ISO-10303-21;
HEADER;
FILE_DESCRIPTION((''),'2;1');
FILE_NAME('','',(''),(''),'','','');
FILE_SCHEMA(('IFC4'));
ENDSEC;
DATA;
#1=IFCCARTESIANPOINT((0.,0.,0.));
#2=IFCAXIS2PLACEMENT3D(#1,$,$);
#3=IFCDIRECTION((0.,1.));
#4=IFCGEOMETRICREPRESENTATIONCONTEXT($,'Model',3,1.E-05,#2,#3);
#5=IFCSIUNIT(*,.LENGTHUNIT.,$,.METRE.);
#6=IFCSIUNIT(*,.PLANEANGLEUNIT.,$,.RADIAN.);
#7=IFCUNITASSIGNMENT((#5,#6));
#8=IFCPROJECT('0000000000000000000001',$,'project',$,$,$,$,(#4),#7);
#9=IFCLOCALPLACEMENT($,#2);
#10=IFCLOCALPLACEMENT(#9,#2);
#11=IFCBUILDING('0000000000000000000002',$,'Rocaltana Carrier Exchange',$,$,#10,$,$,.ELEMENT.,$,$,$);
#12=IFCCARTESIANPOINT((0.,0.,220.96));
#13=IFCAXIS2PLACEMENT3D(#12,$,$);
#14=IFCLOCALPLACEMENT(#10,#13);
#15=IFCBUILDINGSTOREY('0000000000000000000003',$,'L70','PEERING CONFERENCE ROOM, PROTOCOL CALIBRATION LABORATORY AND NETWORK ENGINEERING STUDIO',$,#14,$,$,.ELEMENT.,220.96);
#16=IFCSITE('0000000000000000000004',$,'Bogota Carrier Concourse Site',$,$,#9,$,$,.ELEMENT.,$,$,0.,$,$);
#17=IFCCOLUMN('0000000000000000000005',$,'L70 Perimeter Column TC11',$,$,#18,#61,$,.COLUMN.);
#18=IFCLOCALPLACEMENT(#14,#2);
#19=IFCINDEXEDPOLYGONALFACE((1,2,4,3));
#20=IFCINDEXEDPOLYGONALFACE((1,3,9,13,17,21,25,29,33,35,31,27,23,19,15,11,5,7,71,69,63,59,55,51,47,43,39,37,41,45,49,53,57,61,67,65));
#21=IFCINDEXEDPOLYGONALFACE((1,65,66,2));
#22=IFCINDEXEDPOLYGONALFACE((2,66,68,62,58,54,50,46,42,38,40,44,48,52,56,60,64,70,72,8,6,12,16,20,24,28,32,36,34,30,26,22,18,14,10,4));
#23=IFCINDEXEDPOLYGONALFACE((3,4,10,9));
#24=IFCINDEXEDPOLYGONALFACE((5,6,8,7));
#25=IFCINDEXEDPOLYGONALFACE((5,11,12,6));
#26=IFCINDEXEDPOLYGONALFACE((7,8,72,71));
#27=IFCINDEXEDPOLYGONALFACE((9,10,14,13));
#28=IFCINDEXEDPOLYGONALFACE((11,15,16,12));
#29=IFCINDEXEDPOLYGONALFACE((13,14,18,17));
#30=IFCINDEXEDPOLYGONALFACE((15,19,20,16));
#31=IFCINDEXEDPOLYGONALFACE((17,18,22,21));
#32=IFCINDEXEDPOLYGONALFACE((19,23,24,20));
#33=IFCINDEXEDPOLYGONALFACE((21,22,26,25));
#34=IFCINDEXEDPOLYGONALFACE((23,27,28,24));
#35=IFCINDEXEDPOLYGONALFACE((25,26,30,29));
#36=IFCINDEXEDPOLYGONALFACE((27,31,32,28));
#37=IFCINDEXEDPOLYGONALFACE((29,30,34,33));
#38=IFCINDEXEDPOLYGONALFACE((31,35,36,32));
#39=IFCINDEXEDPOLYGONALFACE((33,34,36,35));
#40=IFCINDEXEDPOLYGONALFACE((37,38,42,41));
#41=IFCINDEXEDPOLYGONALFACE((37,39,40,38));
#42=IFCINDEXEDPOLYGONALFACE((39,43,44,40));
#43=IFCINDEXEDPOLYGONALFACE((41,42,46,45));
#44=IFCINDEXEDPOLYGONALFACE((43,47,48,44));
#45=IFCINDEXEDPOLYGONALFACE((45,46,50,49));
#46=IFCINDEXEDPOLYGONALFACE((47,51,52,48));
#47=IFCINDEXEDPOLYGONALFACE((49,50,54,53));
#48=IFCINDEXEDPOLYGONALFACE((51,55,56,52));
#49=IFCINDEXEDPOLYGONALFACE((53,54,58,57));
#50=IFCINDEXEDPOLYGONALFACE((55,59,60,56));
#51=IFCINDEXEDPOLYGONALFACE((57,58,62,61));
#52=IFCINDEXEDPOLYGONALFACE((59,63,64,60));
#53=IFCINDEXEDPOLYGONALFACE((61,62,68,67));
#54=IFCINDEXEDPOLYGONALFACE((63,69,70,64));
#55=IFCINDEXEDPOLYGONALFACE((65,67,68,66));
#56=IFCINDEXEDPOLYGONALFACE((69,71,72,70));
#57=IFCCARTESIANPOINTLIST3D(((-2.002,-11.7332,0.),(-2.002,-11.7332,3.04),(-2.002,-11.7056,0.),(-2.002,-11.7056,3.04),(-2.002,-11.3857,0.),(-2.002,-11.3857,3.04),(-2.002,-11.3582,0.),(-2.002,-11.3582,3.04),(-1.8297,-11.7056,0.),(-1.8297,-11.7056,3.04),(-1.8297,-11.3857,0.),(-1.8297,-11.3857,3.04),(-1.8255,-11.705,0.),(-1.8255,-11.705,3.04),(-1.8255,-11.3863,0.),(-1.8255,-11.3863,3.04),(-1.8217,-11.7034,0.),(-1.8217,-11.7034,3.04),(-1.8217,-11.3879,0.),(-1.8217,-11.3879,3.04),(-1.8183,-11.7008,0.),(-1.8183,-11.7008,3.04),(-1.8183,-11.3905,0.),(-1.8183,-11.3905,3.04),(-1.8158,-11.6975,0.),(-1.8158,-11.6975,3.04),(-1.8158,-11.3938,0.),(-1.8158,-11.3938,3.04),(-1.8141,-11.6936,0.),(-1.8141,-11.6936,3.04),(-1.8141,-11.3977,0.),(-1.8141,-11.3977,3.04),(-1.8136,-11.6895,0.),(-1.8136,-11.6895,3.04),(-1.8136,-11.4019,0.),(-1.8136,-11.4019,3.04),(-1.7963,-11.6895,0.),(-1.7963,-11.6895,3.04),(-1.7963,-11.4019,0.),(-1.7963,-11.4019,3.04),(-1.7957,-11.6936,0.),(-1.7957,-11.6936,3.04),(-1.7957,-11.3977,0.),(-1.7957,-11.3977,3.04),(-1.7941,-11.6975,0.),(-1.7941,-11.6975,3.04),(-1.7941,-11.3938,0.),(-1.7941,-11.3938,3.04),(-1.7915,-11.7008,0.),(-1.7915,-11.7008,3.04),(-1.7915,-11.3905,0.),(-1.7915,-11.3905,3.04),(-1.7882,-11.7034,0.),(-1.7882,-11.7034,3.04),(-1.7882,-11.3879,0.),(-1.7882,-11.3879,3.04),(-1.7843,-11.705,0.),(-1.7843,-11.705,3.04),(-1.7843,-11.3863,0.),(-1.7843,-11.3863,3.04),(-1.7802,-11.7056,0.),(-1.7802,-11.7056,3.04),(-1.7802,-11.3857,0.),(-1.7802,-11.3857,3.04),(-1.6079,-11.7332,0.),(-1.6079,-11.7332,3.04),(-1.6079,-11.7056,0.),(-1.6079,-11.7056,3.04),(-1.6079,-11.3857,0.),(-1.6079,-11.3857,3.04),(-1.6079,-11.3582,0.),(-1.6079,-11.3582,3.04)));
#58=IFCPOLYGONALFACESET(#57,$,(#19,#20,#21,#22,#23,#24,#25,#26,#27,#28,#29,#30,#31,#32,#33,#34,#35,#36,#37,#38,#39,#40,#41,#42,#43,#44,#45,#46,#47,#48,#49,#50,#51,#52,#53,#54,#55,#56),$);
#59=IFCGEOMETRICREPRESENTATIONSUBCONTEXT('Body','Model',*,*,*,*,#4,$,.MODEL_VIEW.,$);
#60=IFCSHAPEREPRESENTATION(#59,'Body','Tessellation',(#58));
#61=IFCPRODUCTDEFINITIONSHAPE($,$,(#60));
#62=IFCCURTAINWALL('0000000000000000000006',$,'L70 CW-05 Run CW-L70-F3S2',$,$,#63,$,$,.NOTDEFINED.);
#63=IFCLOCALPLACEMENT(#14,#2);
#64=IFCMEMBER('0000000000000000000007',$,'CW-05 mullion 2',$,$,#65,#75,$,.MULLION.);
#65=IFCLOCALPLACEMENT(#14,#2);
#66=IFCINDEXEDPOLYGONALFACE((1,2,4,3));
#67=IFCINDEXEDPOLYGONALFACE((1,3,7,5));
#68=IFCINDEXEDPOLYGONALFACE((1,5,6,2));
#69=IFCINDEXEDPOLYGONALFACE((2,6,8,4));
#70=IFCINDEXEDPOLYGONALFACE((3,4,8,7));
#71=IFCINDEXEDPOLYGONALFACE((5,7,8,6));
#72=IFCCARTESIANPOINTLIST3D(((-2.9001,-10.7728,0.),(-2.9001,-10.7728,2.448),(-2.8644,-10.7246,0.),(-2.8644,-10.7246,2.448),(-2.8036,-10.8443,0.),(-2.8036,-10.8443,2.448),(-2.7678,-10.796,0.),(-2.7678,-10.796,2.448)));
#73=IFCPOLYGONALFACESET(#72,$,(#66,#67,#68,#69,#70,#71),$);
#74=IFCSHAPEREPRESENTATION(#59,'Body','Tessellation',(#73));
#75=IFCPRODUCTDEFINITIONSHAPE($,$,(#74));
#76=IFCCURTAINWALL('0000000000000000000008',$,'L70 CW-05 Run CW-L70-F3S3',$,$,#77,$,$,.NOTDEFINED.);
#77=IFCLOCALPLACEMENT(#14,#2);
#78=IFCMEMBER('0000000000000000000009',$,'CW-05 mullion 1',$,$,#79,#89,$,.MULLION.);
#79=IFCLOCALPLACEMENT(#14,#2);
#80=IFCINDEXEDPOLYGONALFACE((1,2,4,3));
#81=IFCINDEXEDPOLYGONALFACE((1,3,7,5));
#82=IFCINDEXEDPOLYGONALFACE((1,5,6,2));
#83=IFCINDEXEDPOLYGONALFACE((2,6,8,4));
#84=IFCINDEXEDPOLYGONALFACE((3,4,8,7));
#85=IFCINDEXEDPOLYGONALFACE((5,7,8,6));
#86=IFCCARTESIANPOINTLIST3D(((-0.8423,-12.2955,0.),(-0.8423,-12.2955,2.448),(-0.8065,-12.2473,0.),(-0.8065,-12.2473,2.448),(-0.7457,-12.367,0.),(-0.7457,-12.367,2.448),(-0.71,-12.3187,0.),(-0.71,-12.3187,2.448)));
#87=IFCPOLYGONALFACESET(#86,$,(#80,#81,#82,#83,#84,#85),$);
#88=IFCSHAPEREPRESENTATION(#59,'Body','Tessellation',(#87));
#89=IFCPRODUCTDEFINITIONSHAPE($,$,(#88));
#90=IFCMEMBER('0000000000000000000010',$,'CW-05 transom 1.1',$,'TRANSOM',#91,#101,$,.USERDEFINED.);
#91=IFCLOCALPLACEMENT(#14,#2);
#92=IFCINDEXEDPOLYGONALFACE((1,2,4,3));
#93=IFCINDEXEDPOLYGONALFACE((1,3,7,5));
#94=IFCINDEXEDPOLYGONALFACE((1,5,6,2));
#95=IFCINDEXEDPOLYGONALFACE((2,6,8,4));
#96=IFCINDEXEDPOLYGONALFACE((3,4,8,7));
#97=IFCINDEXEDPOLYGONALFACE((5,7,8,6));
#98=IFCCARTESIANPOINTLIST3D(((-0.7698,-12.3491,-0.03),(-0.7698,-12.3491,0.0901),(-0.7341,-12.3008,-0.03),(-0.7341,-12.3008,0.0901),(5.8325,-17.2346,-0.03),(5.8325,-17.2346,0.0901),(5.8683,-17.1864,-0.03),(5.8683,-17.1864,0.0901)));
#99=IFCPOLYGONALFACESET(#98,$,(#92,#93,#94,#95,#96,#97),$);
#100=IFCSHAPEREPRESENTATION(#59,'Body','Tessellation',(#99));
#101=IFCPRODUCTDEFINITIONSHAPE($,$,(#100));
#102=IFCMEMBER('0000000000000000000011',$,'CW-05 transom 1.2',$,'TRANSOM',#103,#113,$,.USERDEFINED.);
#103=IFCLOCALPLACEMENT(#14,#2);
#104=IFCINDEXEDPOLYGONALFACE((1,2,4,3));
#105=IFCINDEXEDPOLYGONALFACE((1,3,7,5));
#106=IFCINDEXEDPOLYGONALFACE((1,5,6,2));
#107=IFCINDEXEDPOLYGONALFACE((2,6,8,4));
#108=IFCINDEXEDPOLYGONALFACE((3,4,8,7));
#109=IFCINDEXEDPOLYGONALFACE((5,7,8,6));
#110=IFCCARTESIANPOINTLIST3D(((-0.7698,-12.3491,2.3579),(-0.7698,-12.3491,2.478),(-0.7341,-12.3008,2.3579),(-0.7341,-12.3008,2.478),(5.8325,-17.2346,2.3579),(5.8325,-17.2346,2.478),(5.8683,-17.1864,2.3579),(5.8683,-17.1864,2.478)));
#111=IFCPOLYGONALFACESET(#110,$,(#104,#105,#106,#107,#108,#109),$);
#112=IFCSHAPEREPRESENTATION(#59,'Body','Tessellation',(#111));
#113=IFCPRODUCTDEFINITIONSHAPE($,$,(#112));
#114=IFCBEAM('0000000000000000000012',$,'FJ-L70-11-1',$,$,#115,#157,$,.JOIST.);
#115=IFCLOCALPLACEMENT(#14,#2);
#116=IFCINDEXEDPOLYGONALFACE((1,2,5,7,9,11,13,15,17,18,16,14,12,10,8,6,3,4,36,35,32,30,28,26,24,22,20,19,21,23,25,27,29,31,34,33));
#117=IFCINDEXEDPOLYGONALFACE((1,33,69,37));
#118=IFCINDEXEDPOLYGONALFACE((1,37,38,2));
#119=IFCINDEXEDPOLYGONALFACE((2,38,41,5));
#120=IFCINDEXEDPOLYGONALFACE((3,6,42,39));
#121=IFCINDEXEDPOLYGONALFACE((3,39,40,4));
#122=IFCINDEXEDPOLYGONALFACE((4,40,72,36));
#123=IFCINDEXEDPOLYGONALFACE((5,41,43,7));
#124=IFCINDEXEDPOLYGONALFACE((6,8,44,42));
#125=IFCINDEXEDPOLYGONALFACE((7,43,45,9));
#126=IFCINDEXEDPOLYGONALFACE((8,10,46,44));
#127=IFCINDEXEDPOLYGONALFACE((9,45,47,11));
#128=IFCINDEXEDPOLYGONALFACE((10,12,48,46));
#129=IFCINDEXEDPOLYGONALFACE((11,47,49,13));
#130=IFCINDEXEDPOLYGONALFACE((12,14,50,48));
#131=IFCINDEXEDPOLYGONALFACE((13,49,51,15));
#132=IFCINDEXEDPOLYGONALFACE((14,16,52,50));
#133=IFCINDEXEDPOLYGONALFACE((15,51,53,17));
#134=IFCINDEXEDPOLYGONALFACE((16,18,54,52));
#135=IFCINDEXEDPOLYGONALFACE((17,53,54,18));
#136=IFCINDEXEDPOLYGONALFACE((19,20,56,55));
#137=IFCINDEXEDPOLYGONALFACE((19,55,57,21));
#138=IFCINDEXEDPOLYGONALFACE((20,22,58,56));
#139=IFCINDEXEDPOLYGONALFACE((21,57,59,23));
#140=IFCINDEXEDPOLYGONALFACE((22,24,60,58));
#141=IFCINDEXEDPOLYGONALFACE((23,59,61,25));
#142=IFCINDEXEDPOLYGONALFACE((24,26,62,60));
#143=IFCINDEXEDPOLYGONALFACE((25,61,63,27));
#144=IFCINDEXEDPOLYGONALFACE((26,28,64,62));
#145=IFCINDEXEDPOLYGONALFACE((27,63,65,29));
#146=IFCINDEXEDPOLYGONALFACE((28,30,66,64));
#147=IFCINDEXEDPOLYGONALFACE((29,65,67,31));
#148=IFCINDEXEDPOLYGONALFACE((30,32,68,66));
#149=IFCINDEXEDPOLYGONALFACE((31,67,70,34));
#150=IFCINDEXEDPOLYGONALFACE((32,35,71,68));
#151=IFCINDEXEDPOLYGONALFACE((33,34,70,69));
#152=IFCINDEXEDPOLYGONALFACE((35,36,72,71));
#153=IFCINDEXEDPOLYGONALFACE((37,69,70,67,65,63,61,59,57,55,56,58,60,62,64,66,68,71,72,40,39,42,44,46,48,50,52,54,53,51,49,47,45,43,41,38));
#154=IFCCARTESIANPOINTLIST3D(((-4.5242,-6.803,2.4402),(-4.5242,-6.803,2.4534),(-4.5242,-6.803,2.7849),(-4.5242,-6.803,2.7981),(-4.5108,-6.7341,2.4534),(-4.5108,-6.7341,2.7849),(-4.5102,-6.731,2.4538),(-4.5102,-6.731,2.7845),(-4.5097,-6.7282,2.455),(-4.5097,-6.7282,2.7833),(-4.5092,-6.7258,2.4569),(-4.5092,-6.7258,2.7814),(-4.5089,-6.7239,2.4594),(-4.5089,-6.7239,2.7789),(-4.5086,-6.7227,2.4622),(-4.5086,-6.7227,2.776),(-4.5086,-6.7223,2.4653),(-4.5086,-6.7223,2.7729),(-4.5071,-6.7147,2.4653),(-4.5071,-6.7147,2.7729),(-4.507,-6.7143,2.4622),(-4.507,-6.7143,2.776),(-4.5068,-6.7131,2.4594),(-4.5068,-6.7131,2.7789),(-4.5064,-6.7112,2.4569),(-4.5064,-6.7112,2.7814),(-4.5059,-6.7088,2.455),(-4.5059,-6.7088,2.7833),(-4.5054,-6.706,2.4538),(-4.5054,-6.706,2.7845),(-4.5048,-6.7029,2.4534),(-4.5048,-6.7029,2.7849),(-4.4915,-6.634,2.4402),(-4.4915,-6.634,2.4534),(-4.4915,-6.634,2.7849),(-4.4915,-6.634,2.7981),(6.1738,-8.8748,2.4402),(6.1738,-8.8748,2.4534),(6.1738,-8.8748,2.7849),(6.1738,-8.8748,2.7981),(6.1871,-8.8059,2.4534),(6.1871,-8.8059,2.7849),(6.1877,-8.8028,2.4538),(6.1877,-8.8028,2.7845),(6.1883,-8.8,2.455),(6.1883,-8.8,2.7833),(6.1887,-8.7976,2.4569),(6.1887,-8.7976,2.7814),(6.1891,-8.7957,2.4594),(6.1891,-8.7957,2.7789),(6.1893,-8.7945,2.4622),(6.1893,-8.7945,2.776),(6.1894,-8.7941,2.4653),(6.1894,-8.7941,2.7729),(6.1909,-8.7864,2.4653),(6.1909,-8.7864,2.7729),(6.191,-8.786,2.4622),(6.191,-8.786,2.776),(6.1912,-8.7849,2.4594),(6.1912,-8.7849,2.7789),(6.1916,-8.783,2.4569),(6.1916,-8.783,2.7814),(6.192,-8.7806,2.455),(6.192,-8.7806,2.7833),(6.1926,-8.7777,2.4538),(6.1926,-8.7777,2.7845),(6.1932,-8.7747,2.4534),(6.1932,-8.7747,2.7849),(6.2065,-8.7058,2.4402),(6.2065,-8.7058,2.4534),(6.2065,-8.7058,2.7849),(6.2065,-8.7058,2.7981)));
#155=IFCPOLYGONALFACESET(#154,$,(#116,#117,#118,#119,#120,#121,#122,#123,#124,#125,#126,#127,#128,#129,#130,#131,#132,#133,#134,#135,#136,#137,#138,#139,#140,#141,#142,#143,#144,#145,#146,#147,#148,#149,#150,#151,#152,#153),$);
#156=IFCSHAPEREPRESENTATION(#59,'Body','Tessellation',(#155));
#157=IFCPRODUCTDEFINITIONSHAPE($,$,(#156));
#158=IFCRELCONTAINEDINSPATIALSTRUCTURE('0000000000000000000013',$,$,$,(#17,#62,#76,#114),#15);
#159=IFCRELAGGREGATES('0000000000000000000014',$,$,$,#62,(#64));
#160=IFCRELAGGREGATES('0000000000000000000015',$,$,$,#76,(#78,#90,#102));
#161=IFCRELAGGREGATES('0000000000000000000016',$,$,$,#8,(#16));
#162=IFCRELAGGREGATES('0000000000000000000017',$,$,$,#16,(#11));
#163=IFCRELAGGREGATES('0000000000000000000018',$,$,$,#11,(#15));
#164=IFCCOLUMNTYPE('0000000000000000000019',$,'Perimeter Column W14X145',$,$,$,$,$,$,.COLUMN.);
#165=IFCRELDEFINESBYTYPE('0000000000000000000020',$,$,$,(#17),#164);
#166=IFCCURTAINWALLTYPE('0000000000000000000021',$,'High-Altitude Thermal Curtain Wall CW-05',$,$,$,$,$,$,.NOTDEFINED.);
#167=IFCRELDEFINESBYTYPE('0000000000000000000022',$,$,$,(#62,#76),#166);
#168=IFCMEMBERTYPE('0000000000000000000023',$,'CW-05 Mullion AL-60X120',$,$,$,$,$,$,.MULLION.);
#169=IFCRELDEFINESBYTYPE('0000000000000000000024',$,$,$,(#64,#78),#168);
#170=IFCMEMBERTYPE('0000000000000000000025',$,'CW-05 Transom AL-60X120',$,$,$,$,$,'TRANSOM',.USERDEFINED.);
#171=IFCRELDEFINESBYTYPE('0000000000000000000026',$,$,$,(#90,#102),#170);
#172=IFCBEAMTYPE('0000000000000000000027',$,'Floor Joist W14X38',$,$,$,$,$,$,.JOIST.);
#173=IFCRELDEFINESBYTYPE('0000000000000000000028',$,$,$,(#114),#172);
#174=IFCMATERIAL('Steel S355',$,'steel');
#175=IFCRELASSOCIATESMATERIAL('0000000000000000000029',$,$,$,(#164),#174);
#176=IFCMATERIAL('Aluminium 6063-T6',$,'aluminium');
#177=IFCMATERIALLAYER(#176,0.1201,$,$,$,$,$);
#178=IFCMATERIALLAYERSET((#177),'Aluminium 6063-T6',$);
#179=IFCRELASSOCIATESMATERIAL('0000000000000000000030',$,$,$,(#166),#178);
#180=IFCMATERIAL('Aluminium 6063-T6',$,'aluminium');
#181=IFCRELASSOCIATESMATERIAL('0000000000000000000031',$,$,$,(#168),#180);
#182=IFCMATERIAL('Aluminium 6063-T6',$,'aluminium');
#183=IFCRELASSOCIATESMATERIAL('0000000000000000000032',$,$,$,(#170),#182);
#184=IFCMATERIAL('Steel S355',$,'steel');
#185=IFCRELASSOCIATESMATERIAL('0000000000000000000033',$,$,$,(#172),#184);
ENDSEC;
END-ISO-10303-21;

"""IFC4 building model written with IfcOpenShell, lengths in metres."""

from ifc_helpers import new_model, si_unit, direction, frame, origin, origin_2d, place, context, subcontext, project, spatial, rectangle, i_section, extrude, material, layer, layer_set, material_profile, profile_set, type_object, element, aggregate, save


model = new_model("IFC4")

# Units and contexts
model_context = context("Model", 3, precision=1e-05, world=origin(), true_north=direction((0.0, 1.0)))
body_context = subcontext(model_context, "Body", "Model", "MODEL_VIEW")
ifc_project = project(units=[si_unit("LENGTHUNIT", "METRE"), si_unit("PLANEANGLEUNIT", "RADIAN")], contexts=[model_context])

# Site, building, storey
site_placement = place(None, origin())
site = spatial("IfcSite", under=ifc_project, at=site_placement, Name="Bogota Carrier Concourse Site", CompositionType="ELEMENT", RefElevation=0.0)
building_placement = place(site_placement, origin())
building = spatial("IfcBuilding", under=site, at=building_placement, Name="Rocaltana Carrier Exchange", CompositionType="ELEMENT")
storey_placement = place(building_placement, frame((0.0, 0.0, 220.96)))
storey = spatial("IfcBuildingStorey", under=building, at=storey_placement, Name="L70", Description="PEERING CONFERENCE ROOM, PROTOCOL CALIBRATION LABORATORY AND NETWORK ENGINEERING STUDIO", CompositionType="ELEMENT", Elevation=220.96)

# Column
ifc_material_1 = material(Name="Steel S355", Category="steel")
ifc_material_profile_1 = material_profile(ifc_material_1, i_section(OverallWidth=0.394, OverallDepth=0.375, WebThickness=0.0173, FlangeThickness=0.0276, FilletRadius=0.0161, at=origin_2d()), Name="W14X145")
ifc_profile_set_1 = profile_set([ifc_material_profile_1], Name="Steel S355")
column_type = type_object("IfcColumnType", Name="Perimeter Column W14X145", PredefinedType="COLUMN", material=ifc_profile_set_1)
column_placement = place(storey_placement, frame((-1.8049, -11.5457, 0.0), z_axis=(0.0, 0.0, 1.0), x_axis=(1.0, 0.0, 0.0)))
element("IfcColumn", 1, at=column_placement, inside=storey, type_object=column_type, Name="L70 Perimeter Column TC11", PredefinedType="COLUMN", context=body_context, shape_type="SweptSolid", body=[
    extrude(i_section(OverallWidth=0.394, OverallDepth=0.375, WebThickness=0.0173, FlangeThickness=0.0276, FilletRadius=0.0161, at=origin_2d()), origin(), (0.0, 0.0, 1.0), 3.04),
])

# Curtain wall, member
ifc_material_2 = material(Name="Aluminium 6063-T6", Category="aluminium")
ifc_layer_1 = layer(ifc_material_2, 0.1201)
ifc_layer_set_1 = layer_set([ifc_layer_1], Name="Aluminium 6063-T6")
curtain_wall_type = type_object("IfcCurtainWallType", Name="High-Altitude Thermal Curtain Wall CW-05", PredefinedType="NOTDEFINED", material=ifc_layer_set_1)
curtain_wall_1_placement = place(storey_placement, origin())
curtain_wall_1 = element("IfcCurtainWall", 2, at=curtain_wall_1_placement, inside=storey, type_object=curtain_wall_type, Name="L70 CW-05 Run CW-L70-F3S2", PredefinedType="NOTDEFINED")
ifc_material_3 = material(Name="Aluminium 6063-T6", Category="aluminium")
ifc_material_profile_2 = material_profile(ifc_material_3, rectangle(XDim=0.0601, YDim=0.1201, at=origin_2d()), Name="AL-60X120")
ifc_profile_set_2 = profile_set([ifc_material_profile_2], Name="Aluminium 6063-T6")
member_type_1 = type_object("IfcMemberType", Name="CW-05 Mullion AL-60X120", PredefinedType="MULLION", material=ifc_profile_set_2)
member_1_placement = place(storey_placement, frame((-2.834, -10.7844, 0.0), z_axis=(0.0, 0.0, 1.0), x_axis=(0.594821, 0.803858, 0.0)))
member_1 = element("IfcMember", 3, at=member_1_placement, type_object=member_type_1, Name="CW-05 mullion 2", PredefinedType="MULLION", context=body_context, shape_type="SweptSolid", body=[
    extrude(rectangle(XDim=0.0601, YDim=0.1201, at=origin_2d()), origin(), (0.0, 0.0, 1.0), 2.448),
])
aggregate(curtain_wall_1, [member_1])

# Curtain wall, members
curtain_wall_2_placement = place(storey_placement, origin())
curtain_wall_2 = element("IfcCurtainWall", 4, at=curtain_wall_2_placement, inside=storey, type_object=curtain_wall_type, Name="L70 CW-05 Run CW-L70-F3S3", PredefinedType="NOTDEFINED")
member_2_placement = place(storey_placement, frame((-0.7761, -12.3071, 0.0), z_axis=(0.0, 0.0, 1.0), x_axis=(0.594827, 0.803854, 0.0)))
member_2 = element("IfcMember", 5, at=member_2_placement, type_object=member_type_1, Name="CW-05 mullion 1", PredefinedType="MULLION", context=body_context, shape_type="SweptSolid", body=[
    extrude(rectangle(XDim=0.0601, YDim=0.1201, at=origin_2d()), origin(), (0.0, 0.0, 1.0), 2.448),
])
ifc_material_4 = material(Name="Aluminium 6063-T6", Category="aluminium")
ifc_material_profile_3 = material_profile(ifc_material_4, rectangle(XDim=0.0601, YDim=0.1201, at=origin_2d()), Name="AL-60X120")
ifc_profile_set_3 = profile_set([ifc_material_profile_3], Name="Aluminium 6063-T6")
member_type_2 = type_object("IfcMemberType", Name="CW-05 Transom AL-60X120", ElementType="TRANSOM", PredefinedType="USERDEFINED", material=ifc_profile_set_3)
member_3_placement = place(storey_placement, frame((-0.752, -12.325, 0.03), z_axis=(0.803854, -0.594827, 0.0), x_axis=(0.594827, 0.803854, 0.0)))
member_3 = element("IfcMember", 6, at=member_3_placement, type_object=member_type_2, Name="CW-05 transom 1.1", ObjectType="TRANSOM", PredefinedType="USERDEFINED", context=body_context, shape_type="SweptSolid", body=[
    extrude(rectangle(XDim=0.0601, YDim=0.1201, at=origin_2d()), origin(), (0.0, 0.0, 1.0), 8.2134),
])
member_4_placement = place(storey_placement, frame((-0.752, -12.325, 2.418), z_axis=(0.803854, -0.594827, 0.0), x_axis=(0.594827, 0.803854, 0.0)))
member_4 = element("IfcMember", 7, at=member_4_placement, type_object=member_type_2, Name="CW-05 transom 1.2", ObjectType="TRANSOM", PredefinedType="USERDEFINED", context=body_context, shape_type="SweptSolid", body=[
    extrude(rectangle(XDim=0.0601, YDim=0.1201, at=origin_2d()), origin(), (0.0, 0.0, 1.0), 8.2134),
])
aggregate(curtain_wall_2, [member_2, member_3, member_4])

# Beam
ifc_material_5 = material(Name="Steel S355", Category="steel")
ifc_material_profile_4 = material_profile(ifc_material_5, i_section(OverallWidth=0.1721, OverallDepth=0.3579, WebThickness=0.0078, FlangeThickness=0.0132, FilletRadius=0.012, at=origin_2d()), Name="W14X38")
ifc_profile_set_4 = profile_set([ifc_material_profile_4], Name="Steel S355")
beam_type_1 = type_object("IfcBeamType", Name="Floor Joist W14X38", PredefinedType="JOIST", material=ifc_profile_set_4)
beam_1_placement = place(storey_placement, frame((-4.5078, -6.7185, 2.6191), z_axis=(0.981759, -0.190128, 0.0), x_axis=(0.190128, 0.981759, 0.0)))
element("IfcBeam", 8, at=beam_1_placement, inside=storey, type_object=beam_type_1, Name="FJ-L70-11-1", PredefinedType="JOIST", context=body_context, shape_type="SweptSolid", body=[
    extrude(i_section(OverallWidth=0.1721, OverallDepth=0.3579, WebThickness=0.0078, FlangeThickness=0.0132, FilletRadius=0.012, at=origin_2d()), origin(), (0.0, 0.0, 1.0), 10.8967),
])

save(model, "model.ifc")
